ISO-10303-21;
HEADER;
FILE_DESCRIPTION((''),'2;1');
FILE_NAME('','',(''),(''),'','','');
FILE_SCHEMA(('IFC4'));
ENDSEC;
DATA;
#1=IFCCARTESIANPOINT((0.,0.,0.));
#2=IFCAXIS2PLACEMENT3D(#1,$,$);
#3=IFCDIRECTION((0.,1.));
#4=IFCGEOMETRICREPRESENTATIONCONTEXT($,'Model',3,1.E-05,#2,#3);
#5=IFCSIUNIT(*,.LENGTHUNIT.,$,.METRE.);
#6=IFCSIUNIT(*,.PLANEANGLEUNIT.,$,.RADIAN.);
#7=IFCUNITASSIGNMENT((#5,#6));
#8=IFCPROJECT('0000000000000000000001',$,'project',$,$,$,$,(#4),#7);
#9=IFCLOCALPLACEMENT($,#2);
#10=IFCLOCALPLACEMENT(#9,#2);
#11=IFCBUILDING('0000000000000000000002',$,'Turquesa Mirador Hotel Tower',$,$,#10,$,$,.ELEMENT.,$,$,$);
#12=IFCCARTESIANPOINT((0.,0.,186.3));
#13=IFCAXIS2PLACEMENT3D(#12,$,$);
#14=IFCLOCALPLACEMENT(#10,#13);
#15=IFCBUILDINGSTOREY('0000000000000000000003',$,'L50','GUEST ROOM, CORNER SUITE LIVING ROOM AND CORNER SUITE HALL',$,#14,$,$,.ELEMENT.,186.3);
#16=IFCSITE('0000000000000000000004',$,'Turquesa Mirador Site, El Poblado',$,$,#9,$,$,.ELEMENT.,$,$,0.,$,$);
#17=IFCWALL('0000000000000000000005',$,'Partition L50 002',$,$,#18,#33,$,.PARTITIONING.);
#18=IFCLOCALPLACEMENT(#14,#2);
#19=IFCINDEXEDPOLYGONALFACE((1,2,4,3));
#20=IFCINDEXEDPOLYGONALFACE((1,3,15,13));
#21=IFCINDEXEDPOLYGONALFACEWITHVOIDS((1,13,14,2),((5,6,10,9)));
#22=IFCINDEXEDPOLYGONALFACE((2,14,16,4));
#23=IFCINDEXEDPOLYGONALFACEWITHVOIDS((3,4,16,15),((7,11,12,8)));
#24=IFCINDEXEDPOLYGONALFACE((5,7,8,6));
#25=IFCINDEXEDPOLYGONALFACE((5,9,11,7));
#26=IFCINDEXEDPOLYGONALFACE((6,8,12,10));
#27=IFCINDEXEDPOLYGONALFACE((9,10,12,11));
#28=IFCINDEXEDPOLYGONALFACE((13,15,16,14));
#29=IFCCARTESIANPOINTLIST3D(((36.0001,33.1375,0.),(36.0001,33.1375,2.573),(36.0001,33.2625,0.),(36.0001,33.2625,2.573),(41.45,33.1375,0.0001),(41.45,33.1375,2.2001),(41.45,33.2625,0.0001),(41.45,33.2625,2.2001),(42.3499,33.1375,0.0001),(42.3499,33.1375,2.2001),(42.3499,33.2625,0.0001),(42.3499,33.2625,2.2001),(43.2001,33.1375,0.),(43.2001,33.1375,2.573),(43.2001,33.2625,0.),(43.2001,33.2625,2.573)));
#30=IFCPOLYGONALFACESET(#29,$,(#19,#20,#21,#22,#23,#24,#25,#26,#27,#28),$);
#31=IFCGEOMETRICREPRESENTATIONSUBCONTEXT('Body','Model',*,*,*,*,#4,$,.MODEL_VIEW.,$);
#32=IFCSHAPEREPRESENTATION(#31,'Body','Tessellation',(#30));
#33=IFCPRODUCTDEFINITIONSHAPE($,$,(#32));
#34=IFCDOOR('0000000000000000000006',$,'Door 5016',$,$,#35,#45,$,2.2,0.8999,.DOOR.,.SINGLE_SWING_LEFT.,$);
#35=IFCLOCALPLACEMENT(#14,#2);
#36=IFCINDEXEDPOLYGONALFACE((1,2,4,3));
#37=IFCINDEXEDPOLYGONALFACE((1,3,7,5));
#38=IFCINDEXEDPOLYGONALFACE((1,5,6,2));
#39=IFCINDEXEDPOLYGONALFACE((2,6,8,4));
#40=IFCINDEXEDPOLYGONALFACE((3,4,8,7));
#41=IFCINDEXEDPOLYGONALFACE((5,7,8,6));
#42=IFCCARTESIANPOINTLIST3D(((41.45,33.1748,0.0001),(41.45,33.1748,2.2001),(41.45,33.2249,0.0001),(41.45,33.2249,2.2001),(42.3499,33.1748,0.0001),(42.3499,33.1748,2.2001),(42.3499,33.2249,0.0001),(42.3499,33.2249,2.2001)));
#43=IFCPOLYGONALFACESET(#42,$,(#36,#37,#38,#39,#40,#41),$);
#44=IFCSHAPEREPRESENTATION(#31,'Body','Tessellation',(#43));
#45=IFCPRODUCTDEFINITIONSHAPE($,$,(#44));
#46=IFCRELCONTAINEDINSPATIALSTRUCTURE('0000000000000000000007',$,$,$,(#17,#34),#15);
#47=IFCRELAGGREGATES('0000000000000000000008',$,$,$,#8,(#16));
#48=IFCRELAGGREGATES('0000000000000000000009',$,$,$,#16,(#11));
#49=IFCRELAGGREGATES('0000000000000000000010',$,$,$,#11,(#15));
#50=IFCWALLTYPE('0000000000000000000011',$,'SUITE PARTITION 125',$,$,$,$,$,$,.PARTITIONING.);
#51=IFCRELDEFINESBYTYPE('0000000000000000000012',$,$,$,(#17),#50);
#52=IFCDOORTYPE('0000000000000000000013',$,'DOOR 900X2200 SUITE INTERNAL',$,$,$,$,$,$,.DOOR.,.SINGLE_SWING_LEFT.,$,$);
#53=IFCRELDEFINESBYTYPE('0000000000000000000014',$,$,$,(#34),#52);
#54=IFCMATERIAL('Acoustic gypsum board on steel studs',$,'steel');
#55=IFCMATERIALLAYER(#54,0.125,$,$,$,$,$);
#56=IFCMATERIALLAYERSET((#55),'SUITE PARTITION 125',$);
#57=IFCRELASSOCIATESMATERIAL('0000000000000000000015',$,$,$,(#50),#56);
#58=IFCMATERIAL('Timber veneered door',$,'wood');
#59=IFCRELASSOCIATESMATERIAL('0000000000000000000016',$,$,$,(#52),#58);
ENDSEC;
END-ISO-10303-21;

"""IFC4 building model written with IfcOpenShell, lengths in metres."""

from ifc_helpers import new_model, si_unit, direction, frame, frame_2d, origin, place, context, subcontext, project, spatial, rectangle, extrude, material, layer, layer_set, type_object, element, fill, save


model = new_model("IFC4")

# Units and contexts
model_context = context("Model", 3, precision=1e-05, world=origin(), true_north=direction((0.0, 1.0)))
body_context = subcontext(model_context, "Body", "Model", "MODEL_VIEW")
ifc_project = project(units=[si_unit("LENGTHUNIT", "METRE"), si_unit("PLANEANGLEUNIT", "RADIAN")], contexts=[model_context])

# Site, building, storey
site_placement = place(None, origin())
site = spatial("IfcSite", under=ifc_project, at=site_placement, Name="Turquesa Mirador Site, El Poblado", CompositionType="ELEMENT", RefElevation=0.0)
building_placement = place(site_placement, origin())
building = spatial("IfcBuilding", under=site, at=building_placement, Name="Turquesa Mirador Hotel Tower", CompositionType="ELEMENT")
storey_placement = place(building_placement, frame((0.0, 0.0, 186.3)))
storey = spatial("IfcBuildingStorey", under=building, at=storey_placement, Name="L50", Description="GUEST ROOM, CORNER SUITE LIVING ROOM AND CORNER SUITE HALL", CompositionType="ELEMENT", Elevation=186.3)

# Wall, opening, door
ifc_material_1 = material(Name="Acoustic gypsum board on steel studs", Category="steel")
ifc_layer_1 = layer(ifc_material_1, 0.125)
ifc_layer_set_1 = layer_set([ifc_layer_1], Name="SUITE PARTITION 125")
wall_type_1 = type_object("IfcWallType", Name="SUITE PARTITION 125", PredefinedType="PARTITIONING", material=ifc_layer_set_1)
wall_1_placement = place(storey_placement, frame((36.0, 33.2, 0.0), z_axis=(0.0, 0.0, 1.0), x_axis=(1.0, 0.0, 0.0)))
wall_1 = element("IfcWall", 1, at=wall_1_placement, inside=storey, type_object=wall_type_1, Name="Partition L50 002", PredefinedType="PARTITIONING", context=body_context, shape_type="SweptSolid", body=[
    extrude(rectangle(XDim=7.2, YDim=0.125, at=frame_2d((3.6001, 0.0))), origin(), (0.0, 0.0, 1.0), 2.573),
])
opening_1_placement = place(wall_1_placement, frame((5.45, 0.0, 0.0)))
opening_1 = element("IfcOpeningElement", 2, at=opening_1_placement, cuts=wall_1, PredefinedType="OPENING", context=body_context, shape_type="SweptSolid", body=[
    extrude(rectangle(XDim=0.8999, YDim=2.2, at=frame_2d((0.45, 1.1001))), frame((0.0, 0.0725, 0.0), z_axis=(0.0, -1.0, 0.0), x_axis=(1.0, 0.0, 0.0)), (0.0, 0.0, 1.0), 0.145),
])
ifc_material_2 = material(Name="Timber veneered door", Category="wood")
door_type = type_object("IfcDoorType", Name="DOOR 900X2200 SUITE INTERNAL", OperationType="SINGLE_SWING_LEFT", PredefinedType="DOOR", material=ifc_material_2)
door_placement = place(opening_1_placement, origin())
door = element("IfcDoor", 3, at=door_placement, inside=storey, type_object=door_type, Name="Door 5016", OperationType="SINGLE_SWING_LEFT", OverallHeight=2.2, OverallWidth=0.8999, PredefinedType="DOOR", context=body_context, shape_type="SweptSolid", body=[
    extrude(rectangle(XDim=0.8999, YDim=2.2, at=frame_2d((0.45, 1.1001))), frame((0.0, 0.0249, 0.0), z_axis=(0.0, -1.0, 0.0), x_axis=(1.0, 0.0, 0.0)), (0.0, 0.0, 1.0), 0.05),
])
fill(opening_1, door)

save(model, "model.ifc")
